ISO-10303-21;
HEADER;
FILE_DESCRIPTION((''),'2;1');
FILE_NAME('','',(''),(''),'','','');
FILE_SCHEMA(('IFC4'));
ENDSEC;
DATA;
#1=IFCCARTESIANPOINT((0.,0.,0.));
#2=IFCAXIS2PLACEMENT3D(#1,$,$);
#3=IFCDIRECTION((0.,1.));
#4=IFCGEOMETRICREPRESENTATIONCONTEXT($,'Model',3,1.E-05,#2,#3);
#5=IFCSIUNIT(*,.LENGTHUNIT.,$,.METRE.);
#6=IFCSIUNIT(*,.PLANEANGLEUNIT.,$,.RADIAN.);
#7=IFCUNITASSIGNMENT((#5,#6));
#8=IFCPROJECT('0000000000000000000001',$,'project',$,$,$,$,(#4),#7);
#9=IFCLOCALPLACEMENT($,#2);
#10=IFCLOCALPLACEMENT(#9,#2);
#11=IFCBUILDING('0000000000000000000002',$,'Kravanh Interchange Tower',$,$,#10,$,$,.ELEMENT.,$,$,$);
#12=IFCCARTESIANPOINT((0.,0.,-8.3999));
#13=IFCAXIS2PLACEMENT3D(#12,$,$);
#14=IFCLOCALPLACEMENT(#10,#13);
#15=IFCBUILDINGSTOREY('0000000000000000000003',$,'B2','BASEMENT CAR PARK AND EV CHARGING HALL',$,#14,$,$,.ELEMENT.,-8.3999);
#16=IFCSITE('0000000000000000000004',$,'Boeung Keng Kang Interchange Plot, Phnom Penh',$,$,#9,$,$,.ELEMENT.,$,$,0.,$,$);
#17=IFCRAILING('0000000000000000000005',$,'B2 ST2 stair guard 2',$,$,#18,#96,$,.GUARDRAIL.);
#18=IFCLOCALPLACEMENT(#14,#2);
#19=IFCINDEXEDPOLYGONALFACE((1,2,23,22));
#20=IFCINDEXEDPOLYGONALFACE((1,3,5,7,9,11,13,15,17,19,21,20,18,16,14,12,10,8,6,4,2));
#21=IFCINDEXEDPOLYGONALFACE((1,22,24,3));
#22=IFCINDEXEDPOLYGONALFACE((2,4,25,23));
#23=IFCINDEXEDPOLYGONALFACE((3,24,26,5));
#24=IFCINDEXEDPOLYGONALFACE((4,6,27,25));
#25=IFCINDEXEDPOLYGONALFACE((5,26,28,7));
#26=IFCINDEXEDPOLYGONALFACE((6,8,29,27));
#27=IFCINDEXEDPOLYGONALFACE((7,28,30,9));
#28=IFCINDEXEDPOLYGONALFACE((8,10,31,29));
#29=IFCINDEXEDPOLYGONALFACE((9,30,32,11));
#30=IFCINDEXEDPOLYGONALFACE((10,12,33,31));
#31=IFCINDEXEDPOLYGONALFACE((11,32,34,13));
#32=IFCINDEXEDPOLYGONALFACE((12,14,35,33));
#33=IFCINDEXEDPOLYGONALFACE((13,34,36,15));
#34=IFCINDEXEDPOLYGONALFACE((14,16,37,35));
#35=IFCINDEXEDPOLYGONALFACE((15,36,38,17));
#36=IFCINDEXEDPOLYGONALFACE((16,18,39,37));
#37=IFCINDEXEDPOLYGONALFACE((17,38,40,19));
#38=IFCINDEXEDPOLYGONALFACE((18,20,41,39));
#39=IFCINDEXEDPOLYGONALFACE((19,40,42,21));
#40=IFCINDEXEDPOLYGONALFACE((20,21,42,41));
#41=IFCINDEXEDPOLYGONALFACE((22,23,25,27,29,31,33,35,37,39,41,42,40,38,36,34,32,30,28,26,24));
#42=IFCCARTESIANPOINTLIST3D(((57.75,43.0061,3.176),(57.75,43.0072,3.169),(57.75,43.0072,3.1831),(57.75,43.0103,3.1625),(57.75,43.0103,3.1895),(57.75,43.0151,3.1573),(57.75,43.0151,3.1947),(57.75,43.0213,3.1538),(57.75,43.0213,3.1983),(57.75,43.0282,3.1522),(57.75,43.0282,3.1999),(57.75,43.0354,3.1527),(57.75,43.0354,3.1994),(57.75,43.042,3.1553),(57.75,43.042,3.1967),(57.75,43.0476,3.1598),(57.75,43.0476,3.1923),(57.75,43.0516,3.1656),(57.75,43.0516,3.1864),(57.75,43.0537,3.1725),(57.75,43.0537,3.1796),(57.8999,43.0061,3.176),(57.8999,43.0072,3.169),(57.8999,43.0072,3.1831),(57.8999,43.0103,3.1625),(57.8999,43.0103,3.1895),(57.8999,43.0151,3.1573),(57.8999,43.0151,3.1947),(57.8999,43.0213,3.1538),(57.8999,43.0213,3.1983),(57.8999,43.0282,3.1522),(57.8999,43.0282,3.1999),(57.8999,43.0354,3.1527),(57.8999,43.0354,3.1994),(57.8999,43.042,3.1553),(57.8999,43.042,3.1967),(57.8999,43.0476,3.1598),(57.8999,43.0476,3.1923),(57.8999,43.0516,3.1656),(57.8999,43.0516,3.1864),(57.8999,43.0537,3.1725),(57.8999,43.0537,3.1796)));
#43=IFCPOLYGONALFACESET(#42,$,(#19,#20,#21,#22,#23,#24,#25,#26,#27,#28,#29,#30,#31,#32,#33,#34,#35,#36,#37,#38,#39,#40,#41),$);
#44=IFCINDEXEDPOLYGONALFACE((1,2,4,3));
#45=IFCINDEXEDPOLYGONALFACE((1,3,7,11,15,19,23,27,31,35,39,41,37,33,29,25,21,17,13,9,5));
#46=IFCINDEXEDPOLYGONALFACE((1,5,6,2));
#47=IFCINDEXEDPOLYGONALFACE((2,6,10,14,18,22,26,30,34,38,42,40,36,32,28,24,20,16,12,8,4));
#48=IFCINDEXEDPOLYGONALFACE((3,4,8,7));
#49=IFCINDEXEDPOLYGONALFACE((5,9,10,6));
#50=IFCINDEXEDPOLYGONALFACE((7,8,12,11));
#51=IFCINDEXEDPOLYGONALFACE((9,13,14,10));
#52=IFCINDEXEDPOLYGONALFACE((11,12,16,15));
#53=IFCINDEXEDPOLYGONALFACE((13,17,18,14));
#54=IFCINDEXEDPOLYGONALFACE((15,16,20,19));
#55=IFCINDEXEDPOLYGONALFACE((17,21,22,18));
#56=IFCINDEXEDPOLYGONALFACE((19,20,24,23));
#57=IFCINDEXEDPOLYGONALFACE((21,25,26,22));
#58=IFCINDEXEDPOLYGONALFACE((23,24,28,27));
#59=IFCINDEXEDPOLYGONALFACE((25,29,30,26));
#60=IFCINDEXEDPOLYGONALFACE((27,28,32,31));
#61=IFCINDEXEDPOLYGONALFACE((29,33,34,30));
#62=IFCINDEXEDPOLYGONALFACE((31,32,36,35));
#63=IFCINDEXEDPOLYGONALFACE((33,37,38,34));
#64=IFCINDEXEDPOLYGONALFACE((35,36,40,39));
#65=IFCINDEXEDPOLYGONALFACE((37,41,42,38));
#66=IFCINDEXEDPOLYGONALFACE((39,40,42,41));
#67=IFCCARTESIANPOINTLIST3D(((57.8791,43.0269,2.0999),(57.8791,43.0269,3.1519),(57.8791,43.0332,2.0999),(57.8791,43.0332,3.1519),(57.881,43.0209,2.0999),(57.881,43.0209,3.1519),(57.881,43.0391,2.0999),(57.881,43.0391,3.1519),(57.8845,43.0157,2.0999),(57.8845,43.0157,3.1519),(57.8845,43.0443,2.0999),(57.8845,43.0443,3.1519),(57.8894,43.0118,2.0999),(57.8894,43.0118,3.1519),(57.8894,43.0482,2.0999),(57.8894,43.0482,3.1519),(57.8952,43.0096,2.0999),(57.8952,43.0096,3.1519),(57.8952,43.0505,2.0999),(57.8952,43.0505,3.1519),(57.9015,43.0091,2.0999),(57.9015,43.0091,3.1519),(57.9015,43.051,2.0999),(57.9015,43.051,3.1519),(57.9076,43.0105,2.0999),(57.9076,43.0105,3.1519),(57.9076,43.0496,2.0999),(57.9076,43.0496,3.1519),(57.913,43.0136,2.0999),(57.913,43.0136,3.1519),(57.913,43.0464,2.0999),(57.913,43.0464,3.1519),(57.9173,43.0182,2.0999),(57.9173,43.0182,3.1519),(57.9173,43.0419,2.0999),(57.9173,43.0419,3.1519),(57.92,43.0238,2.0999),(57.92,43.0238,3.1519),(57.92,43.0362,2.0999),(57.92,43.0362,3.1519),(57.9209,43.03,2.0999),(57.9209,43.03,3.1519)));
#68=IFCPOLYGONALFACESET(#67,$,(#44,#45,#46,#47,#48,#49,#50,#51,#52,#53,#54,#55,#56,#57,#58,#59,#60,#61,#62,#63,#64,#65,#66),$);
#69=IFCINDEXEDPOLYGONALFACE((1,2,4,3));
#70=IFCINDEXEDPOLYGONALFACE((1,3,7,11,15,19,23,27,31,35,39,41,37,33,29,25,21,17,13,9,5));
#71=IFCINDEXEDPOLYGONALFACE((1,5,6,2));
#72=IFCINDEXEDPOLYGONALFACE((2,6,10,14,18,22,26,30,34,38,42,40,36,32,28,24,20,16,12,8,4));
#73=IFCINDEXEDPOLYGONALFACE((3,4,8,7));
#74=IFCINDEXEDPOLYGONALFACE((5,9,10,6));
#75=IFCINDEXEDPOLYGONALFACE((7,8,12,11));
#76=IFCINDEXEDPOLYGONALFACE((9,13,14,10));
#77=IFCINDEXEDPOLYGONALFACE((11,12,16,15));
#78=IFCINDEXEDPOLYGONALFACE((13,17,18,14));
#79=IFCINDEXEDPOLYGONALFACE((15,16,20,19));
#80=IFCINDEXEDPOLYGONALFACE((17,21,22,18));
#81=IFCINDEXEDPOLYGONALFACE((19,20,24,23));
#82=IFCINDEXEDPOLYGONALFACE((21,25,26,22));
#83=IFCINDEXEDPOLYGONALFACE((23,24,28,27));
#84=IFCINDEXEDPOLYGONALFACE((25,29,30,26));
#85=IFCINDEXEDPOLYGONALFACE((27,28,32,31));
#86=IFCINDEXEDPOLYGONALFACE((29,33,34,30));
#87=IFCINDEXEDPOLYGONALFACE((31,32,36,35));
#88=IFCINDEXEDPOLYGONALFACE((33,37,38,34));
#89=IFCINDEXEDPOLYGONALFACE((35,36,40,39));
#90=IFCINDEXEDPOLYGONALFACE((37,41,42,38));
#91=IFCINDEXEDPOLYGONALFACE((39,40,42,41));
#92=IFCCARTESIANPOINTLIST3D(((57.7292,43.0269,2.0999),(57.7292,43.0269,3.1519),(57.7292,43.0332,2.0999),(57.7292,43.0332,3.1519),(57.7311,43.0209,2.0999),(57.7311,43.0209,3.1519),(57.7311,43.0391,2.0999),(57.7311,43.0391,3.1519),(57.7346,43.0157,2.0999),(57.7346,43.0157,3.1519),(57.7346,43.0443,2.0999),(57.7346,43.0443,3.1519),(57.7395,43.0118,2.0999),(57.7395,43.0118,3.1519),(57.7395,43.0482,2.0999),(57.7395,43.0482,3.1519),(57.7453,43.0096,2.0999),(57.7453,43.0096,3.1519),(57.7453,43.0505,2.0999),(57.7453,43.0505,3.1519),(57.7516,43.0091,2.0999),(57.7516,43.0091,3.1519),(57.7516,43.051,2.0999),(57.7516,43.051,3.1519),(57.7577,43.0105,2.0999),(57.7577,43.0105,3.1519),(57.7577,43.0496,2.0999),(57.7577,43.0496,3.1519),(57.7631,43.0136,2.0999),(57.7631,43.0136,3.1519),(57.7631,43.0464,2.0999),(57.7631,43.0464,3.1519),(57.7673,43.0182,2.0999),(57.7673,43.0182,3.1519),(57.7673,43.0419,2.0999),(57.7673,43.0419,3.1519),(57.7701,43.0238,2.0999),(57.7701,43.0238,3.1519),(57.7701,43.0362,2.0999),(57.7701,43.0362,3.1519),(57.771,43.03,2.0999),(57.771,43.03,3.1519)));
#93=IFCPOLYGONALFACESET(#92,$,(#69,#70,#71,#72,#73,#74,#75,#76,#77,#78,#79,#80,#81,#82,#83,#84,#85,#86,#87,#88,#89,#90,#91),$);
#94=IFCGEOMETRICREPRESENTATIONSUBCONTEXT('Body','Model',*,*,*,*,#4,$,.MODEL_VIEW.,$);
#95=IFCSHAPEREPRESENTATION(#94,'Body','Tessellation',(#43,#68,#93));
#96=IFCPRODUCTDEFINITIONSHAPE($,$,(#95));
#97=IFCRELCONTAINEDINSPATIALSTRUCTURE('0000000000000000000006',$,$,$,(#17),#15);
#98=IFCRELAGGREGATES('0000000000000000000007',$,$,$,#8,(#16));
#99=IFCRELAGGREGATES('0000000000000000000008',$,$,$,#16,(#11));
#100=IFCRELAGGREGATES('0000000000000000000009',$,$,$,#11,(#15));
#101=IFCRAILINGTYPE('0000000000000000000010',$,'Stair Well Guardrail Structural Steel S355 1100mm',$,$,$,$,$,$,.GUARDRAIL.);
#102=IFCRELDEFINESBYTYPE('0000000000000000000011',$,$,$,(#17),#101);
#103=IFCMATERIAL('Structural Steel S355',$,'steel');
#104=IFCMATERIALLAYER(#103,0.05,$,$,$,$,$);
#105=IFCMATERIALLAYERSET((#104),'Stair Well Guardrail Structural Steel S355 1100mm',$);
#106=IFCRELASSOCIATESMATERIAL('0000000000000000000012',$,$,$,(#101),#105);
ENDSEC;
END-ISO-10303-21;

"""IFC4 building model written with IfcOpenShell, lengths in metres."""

from ifc_helpers import new_model, si_unit, direction, frame, origin, origin_2d, place, context, subcontext, project, spatial, circle, extrude, material, layer, layer_set, type_object, element, save


model = new_model("IFC4")

# Units and contexts
model_context = context("Model", 3, precision=1e-05, world=origin(), true_north=direction((0.0, 1.0)))
body_context = subcontext(model_context, "Body", "Model", "MODEL_VIEW")
ifc_project = project(units=[si_unit("LENGTHUNIT", "METRE"), si_unit("PLANEANGLEUNIT", "RADIAN")], contexts=[model_context])

# Site, building, storey
site_placement = place(None, origin())
site = spatial("IfcSite", under=ifc_project, at=site_placement, Name="Boeung Keng Kang Interchange Plot, Phnom Penh", CompositionType="ELEMENT", RefElevation=0.0)
building_placement = place(site_placement, origin())
building = spatial("IfcBuilding", under=site, at=building_placement, Name="Kravanh Interchange Tower", CompositionType="ELEMENT")
storey_placement = place(building_placement, frame((0.0, 0.0, -8.3999)))
storey = spatial("IfcBuildingStorey", under=building, at=storey_placement, Name="B2", Description="BASEMENT CAR PARK AND EV CHARGING HALL", CompositionType="ELEMENT", Elevation=-8.3999)

# Railing
ifc_material_1 = material(Name="Structural Steel S355", Category="steel")
ifc_layer_1 = layer(ifc_material_1, 0.05)
ifc_layer_set_1 = layer_set([ifc_layer_1], Name="Stair Well Guardrail Structural Steel S355 1100mm")
railing_type_1 = type_object("IfcRailingType", Name="Stair Well Guardrail Structural Steel S355 1100mm", PredefinedType="GUARDRAIL", material=ifc_layer_set_1)
railing_1_placement = place(storey_placement, frame((57.8999, 43.03, 2.0999)))
element("IfcRailing", 1, at=railing_1_placement, inside=storey, type_object=railing_type_1, Name="B2 ST2 stair guard 2", PredefinedType="GUARDRAIL", context=body_context, shape_type="SweptSolid", body=[
    extrude(circle(Radius=0.0239, at=origin_2d()), frame((0.0, 0.0, 1.0762), z_axis=(-1.0, 0.0, 0.0), x_axis=(0.0, -1.0, 0.0)), (0.0, 0.0, 1.0), 0.1499),
    extrude(circle(Radius=0.021, at=origin_2d()), origin(), (0.0, 0.0, 1.0), 1.052),
    extrude(circle(Radius=0.021, at=origin_2d()), frame((-0.1499, 0.0, 0.0)), (0.0, 0.0, 1.0), 1.052),
])

save(model, "model.ifc")
